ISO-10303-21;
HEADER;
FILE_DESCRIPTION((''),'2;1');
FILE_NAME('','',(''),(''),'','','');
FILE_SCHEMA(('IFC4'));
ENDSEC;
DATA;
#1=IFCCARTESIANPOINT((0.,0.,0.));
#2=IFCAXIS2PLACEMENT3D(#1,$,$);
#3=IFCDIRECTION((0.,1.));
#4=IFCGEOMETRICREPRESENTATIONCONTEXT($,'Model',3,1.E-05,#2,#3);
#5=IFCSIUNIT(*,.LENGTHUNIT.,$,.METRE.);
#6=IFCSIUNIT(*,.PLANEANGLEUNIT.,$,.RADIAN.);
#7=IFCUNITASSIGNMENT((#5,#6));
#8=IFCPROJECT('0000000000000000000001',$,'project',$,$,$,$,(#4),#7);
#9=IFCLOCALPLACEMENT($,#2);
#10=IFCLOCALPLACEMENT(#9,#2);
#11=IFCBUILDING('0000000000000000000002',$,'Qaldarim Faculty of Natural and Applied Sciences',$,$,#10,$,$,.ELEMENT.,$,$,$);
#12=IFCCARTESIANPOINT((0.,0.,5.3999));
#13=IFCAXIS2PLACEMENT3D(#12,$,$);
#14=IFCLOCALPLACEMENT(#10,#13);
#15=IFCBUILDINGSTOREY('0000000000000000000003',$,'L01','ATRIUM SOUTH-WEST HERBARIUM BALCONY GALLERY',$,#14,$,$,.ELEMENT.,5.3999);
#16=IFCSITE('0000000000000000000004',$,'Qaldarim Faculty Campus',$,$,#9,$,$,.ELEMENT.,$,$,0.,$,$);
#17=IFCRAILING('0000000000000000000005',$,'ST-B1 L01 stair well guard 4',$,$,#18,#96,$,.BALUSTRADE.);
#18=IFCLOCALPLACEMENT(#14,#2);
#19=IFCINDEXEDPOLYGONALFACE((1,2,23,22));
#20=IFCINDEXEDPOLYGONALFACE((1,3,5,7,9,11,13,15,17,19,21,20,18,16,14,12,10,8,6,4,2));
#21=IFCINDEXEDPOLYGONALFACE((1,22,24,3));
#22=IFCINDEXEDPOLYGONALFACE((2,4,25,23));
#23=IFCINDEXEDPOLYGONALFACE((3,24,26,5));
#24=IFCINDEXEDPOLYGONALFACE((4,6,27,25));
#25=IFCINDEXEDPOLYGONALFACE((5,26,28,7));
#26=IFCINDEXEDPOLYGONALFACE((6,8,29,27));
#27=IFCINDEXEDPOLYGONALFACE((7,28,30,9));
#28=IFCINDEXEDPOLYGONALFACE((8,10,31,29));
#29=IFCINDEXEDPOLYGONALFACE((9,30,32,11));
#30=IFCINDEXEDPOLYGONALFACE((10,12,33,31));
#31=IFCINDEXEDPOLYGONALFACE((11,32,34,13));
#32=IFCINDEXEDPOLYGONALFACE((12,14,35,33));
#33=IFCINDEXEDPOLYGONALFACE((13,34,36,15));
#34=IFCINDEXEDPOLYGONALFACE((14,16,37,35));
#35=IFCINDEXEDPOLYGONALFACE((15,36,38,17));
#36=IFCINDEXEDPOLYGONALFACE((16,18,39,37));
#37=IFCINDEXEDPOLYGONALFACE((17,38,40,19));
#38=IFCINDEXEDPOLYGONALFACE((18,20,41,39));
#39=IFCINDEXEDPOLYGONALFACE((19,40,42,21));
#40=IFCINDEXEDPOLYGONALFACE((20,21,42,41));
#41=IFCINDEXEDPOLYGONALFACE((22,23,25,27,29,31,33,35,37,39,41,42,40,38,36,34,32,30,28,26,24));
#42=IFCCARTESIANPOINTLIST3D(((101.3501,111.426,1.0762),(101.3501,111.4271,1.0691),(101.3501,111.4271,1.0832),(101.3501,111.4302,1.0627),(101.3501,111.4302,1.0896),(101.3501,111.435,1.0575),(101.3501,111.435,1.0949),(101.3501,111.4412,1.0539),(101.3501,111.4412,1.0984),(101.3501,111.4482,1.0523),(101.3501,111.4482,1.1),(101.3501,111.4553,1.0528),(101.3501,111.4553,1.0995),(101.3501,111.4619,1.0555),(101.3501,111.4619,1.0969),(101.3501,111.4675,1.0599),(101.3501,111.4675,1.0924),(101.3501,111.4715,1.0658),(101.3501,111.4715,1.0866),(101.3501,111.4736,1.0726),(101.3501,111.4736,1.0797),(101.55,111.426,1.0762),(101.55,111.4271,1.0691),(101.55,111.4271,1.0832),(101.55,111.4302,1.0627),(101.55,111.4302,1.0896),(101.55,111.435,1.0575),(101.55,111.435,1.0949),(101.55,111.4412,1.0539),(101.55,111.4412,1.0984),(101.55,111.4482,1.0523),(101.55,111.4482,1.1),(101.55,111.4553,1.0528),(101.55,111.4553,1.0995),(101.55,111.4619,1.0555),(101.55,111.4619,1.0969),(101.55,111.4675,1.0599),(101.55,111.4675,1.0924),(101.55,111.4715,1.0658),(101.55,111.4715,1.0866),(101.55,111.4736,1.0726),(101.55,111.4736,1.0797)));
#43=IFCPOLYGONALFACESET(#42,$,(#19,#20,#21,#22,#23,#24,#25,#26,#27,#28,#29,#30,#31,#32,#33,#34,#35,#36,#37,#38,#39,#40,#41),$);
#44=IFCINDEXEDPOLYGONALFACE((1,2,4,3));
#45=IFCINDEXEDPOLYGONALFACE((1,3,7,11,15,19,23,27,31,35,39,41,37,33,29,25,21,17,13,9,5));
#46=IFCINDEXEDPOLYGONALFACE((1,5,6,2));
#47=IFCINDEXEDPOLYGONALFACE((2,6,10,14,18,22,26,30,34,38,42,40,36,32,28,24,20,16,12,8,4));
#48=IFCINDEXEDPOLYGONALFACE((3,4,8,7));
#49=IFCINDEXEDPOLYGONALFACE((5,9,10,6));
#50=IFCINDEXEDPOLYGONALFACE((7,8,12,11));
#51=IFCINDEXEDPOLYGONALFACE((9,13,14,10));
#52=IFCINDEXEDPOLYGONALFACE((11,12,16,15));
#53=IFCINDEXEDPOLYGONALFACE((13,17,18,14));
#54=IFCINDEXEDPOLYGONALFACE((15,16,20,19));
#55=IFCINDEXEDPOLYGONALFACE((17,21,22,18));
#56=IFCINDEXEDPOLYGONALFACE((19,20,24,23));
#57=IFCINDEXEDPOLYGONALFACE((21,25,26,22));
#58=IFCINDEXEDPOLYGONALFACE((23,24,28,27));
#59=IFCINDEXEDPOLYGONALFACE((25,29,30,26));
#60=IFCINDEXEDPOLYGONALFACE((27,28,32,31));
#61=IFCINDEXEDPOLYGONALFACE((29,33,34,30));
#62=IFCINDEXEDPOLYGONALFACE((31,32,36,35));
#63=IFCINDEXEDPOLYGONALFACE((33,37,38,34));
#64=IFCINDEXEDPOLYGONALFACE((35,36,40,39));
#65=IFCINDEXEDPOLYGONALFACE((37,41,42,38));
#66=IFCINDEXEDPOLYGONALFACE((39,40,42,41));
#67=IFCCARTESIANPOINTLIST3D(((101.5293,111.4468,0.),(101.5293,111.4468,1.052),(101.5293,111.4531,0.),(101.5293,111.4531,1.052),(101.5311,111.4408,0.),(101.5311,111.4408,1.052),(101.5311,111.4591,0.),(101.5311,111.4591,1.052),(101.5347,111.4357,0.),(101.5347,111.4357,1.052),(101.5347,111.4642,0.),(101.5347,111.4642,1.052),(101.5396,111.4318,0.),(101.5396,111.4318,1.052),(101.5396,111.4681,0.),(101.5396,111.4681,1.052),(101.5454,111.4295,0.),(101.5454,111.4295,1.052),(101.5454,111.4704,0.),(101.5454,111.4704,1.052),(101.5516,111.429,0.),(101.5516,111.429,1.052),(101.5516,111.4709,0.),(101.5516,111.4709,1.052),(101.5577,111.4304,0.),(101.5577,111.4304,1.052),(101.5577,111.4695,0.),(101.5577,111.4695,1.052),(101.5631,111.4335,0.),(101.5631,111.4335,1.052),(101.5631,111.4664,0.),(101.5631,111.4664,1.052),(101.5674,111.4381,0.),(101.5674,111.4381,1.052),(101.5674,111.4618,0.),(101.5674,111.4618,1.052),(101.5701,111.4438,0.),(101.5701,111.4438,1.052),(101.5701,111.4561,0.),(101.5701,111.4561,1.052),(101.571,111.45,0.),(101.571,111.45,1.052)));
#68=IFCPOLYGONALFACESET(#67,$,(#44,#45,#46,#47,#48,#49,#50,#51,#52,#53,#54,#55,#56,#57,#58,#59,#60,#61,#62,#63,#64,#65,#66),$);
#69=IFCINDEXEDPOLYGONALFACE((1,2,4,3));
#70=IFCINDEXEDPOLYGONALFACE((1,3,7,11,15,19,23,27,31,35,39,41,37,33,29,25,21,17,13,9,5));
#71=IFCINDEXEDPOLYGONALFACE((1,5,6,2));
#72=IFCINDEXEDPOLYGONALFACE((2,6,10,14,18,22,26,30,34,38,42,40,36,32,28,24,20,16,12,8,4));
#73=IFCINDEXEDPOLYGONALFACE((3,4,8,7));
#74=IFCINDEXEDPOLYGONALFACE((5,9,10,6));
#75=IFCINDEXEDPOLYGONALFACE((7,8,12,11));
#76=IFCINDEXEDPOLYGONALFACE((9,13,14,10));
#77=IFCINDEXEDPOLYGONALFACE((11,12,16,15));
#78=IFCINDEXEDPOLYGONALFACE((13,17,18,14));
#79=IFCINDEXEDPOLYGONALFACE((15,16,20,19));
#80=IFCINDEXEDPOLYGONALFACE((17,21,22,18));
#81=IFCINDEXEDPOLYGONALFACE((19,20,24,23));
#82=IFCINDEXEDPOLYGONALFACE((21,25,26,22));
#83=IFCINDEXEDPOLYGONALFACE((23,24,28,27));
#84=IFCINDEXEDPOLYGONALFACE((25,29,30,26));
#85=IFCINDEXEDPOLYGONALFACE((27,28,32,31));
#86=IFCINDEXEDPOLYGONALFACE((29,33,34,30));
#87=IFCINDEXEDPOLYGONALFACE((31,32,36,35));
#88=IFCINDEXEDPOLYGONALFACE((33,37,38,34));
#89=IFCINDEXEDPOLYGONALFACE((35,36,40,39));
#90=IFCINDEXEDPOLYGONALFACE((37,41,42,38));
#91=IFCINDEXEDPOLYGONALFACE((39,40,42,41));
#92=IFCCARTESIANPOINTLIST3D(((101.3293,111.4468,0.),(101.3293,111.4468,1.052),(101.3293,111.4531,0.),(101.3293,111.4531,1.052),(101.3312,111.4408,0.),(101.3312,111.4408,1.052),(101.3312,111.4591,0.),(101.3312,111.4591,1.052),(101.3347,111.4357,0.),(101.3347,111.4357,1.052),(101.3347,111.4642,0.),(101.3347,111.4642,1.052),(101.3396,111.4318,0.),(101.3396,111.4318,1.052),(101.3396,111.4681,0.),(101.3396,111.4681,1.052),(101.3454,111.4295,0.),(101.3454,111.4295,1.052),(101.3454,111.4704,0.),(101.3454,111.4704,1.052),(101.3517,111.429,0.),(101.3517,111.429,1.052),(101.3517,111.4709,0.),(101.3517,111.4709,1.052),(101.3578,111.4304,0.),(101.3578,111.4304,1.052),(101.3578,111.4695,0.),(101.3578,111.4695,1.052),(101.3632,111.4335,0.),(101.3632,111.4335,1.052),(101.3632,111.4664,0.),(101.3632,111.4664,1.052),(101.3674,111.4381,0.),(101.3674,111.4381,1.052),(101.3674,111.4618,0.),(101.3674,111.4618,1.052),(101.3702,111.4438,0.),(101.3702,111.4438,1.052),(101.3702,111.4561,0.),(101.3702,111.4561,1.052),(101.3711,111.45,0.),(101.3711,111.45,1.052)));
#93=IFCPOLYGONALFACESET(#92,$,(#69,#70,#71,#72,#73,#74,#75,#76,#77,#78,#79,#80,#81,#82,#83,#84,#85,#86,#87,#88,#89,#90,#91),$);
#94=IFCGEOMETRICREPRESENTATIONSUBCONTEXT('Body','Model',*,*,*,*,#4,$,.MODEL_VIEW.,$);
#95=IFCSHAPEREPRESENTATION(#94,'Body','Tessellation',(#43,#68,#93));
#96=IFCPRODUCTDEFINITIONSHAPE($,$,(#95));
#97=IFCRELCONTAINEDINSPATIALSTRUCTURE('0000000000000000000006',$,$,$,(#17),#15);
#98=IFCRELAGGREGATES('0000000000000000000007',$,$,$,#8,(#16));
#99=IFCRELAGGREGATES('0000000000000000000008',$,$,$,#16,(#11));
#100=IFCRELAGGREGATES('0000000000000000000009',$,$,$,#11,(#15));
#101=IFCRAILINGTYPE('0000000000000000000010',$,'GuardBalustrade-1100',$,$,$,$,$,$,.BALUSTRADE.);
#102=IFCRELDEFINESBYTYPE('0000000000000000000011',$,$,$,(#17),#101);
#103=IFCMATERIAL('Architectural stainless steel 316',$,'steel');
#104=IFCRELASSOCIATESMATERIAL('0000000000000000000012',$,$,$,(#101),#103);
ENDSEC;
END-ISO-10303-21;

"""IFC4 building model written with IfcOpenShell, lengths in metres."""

from ifc_helpers import new_model, si_unit, direction, frame, origin, origin_2d, place, context, subcontext, project, spatial, circle, extrude, material, type_object, element, save


model = new_model("IFC4")

# Units and contexts
model_context = context("Model", 3, precision=1e-05, world=origin(), true_north=direction((0.0, 1.0)))
body_context = subcontext(model_context, "Body", "Model", "MODEL_VIEW")
ifc_project = project(units=[si_unit("LENGTHUNIT", "METRE"), si_unit("PLANEANGLEUNIT", "RADIAN")], contexts=[model_context])

# Site, building, storey
site_placement = place(None, origin())
site = spatial("IfcSite", under=ifc_project, at=site_placement, Name="Qaldarim Faculty Campus", CompositionType="ELEMENT", RefElevation=0.0)
building_placement = place(site_placement, origin())
building = spatial("IfcBuilding", under=site, at=building_placement, Name="Qaldarim Faculty of Natural and Applied Sciences", CompositionType="ELEMENT")
storey_placement = place(building_placement, frame((0.0, 0.0, 5.3999)))
storey = spatial("IfcBuildingStorey", under=building, at=storey_placement, Name="L01", Description="ATRIUM SOUTH-WEST HERBARIUM BALCONY GALLERY", CompositionType="ELEMENT", Elevation=5.3999)

# Shared definitions
ifc_material_1 = material(Name="Architectural stainless steel 316", Category="steel")

# Railing
railing_type_1 = type_object("IfcRailingType", Name="GuardBalustrade-1100", PredefinedType="BALUSTRADE", material=ifc_material_1)
railing_1_placement = place(storey_placement, frame((101.55, 111.45, 0.0)))
element("IfcRailing", 1, at=railing_1_placement, inside=storey, type_object=railing_type_1, Name="ST-B1 L01 stair well guard 4", PredefinedType="BALUSTRADE", context=body_context, shape_type="SweptSolid", body=[
    extrude(circle(Radius=0.0239, at=origin_2d()), frame((0.0, 0.0, 1.0762), z_axis=(-1.0, 0.0, 0.0), x_axis=(0.0, -1.0, 0.0)), (0.0, 0.0, 1.0), 0.2),
    extrude(circle(Radius=0.021, at=origin_2d()), origin(), (0.0, 0.0, 1.0), 1.052),
    extrude(circle(Radius=0.021, at=origin_2d()), frame((-0.2, 0.0, 0.0)), (0.0, 0.0, 1.0), 1.052),
])

save(model, "model.ifc")
